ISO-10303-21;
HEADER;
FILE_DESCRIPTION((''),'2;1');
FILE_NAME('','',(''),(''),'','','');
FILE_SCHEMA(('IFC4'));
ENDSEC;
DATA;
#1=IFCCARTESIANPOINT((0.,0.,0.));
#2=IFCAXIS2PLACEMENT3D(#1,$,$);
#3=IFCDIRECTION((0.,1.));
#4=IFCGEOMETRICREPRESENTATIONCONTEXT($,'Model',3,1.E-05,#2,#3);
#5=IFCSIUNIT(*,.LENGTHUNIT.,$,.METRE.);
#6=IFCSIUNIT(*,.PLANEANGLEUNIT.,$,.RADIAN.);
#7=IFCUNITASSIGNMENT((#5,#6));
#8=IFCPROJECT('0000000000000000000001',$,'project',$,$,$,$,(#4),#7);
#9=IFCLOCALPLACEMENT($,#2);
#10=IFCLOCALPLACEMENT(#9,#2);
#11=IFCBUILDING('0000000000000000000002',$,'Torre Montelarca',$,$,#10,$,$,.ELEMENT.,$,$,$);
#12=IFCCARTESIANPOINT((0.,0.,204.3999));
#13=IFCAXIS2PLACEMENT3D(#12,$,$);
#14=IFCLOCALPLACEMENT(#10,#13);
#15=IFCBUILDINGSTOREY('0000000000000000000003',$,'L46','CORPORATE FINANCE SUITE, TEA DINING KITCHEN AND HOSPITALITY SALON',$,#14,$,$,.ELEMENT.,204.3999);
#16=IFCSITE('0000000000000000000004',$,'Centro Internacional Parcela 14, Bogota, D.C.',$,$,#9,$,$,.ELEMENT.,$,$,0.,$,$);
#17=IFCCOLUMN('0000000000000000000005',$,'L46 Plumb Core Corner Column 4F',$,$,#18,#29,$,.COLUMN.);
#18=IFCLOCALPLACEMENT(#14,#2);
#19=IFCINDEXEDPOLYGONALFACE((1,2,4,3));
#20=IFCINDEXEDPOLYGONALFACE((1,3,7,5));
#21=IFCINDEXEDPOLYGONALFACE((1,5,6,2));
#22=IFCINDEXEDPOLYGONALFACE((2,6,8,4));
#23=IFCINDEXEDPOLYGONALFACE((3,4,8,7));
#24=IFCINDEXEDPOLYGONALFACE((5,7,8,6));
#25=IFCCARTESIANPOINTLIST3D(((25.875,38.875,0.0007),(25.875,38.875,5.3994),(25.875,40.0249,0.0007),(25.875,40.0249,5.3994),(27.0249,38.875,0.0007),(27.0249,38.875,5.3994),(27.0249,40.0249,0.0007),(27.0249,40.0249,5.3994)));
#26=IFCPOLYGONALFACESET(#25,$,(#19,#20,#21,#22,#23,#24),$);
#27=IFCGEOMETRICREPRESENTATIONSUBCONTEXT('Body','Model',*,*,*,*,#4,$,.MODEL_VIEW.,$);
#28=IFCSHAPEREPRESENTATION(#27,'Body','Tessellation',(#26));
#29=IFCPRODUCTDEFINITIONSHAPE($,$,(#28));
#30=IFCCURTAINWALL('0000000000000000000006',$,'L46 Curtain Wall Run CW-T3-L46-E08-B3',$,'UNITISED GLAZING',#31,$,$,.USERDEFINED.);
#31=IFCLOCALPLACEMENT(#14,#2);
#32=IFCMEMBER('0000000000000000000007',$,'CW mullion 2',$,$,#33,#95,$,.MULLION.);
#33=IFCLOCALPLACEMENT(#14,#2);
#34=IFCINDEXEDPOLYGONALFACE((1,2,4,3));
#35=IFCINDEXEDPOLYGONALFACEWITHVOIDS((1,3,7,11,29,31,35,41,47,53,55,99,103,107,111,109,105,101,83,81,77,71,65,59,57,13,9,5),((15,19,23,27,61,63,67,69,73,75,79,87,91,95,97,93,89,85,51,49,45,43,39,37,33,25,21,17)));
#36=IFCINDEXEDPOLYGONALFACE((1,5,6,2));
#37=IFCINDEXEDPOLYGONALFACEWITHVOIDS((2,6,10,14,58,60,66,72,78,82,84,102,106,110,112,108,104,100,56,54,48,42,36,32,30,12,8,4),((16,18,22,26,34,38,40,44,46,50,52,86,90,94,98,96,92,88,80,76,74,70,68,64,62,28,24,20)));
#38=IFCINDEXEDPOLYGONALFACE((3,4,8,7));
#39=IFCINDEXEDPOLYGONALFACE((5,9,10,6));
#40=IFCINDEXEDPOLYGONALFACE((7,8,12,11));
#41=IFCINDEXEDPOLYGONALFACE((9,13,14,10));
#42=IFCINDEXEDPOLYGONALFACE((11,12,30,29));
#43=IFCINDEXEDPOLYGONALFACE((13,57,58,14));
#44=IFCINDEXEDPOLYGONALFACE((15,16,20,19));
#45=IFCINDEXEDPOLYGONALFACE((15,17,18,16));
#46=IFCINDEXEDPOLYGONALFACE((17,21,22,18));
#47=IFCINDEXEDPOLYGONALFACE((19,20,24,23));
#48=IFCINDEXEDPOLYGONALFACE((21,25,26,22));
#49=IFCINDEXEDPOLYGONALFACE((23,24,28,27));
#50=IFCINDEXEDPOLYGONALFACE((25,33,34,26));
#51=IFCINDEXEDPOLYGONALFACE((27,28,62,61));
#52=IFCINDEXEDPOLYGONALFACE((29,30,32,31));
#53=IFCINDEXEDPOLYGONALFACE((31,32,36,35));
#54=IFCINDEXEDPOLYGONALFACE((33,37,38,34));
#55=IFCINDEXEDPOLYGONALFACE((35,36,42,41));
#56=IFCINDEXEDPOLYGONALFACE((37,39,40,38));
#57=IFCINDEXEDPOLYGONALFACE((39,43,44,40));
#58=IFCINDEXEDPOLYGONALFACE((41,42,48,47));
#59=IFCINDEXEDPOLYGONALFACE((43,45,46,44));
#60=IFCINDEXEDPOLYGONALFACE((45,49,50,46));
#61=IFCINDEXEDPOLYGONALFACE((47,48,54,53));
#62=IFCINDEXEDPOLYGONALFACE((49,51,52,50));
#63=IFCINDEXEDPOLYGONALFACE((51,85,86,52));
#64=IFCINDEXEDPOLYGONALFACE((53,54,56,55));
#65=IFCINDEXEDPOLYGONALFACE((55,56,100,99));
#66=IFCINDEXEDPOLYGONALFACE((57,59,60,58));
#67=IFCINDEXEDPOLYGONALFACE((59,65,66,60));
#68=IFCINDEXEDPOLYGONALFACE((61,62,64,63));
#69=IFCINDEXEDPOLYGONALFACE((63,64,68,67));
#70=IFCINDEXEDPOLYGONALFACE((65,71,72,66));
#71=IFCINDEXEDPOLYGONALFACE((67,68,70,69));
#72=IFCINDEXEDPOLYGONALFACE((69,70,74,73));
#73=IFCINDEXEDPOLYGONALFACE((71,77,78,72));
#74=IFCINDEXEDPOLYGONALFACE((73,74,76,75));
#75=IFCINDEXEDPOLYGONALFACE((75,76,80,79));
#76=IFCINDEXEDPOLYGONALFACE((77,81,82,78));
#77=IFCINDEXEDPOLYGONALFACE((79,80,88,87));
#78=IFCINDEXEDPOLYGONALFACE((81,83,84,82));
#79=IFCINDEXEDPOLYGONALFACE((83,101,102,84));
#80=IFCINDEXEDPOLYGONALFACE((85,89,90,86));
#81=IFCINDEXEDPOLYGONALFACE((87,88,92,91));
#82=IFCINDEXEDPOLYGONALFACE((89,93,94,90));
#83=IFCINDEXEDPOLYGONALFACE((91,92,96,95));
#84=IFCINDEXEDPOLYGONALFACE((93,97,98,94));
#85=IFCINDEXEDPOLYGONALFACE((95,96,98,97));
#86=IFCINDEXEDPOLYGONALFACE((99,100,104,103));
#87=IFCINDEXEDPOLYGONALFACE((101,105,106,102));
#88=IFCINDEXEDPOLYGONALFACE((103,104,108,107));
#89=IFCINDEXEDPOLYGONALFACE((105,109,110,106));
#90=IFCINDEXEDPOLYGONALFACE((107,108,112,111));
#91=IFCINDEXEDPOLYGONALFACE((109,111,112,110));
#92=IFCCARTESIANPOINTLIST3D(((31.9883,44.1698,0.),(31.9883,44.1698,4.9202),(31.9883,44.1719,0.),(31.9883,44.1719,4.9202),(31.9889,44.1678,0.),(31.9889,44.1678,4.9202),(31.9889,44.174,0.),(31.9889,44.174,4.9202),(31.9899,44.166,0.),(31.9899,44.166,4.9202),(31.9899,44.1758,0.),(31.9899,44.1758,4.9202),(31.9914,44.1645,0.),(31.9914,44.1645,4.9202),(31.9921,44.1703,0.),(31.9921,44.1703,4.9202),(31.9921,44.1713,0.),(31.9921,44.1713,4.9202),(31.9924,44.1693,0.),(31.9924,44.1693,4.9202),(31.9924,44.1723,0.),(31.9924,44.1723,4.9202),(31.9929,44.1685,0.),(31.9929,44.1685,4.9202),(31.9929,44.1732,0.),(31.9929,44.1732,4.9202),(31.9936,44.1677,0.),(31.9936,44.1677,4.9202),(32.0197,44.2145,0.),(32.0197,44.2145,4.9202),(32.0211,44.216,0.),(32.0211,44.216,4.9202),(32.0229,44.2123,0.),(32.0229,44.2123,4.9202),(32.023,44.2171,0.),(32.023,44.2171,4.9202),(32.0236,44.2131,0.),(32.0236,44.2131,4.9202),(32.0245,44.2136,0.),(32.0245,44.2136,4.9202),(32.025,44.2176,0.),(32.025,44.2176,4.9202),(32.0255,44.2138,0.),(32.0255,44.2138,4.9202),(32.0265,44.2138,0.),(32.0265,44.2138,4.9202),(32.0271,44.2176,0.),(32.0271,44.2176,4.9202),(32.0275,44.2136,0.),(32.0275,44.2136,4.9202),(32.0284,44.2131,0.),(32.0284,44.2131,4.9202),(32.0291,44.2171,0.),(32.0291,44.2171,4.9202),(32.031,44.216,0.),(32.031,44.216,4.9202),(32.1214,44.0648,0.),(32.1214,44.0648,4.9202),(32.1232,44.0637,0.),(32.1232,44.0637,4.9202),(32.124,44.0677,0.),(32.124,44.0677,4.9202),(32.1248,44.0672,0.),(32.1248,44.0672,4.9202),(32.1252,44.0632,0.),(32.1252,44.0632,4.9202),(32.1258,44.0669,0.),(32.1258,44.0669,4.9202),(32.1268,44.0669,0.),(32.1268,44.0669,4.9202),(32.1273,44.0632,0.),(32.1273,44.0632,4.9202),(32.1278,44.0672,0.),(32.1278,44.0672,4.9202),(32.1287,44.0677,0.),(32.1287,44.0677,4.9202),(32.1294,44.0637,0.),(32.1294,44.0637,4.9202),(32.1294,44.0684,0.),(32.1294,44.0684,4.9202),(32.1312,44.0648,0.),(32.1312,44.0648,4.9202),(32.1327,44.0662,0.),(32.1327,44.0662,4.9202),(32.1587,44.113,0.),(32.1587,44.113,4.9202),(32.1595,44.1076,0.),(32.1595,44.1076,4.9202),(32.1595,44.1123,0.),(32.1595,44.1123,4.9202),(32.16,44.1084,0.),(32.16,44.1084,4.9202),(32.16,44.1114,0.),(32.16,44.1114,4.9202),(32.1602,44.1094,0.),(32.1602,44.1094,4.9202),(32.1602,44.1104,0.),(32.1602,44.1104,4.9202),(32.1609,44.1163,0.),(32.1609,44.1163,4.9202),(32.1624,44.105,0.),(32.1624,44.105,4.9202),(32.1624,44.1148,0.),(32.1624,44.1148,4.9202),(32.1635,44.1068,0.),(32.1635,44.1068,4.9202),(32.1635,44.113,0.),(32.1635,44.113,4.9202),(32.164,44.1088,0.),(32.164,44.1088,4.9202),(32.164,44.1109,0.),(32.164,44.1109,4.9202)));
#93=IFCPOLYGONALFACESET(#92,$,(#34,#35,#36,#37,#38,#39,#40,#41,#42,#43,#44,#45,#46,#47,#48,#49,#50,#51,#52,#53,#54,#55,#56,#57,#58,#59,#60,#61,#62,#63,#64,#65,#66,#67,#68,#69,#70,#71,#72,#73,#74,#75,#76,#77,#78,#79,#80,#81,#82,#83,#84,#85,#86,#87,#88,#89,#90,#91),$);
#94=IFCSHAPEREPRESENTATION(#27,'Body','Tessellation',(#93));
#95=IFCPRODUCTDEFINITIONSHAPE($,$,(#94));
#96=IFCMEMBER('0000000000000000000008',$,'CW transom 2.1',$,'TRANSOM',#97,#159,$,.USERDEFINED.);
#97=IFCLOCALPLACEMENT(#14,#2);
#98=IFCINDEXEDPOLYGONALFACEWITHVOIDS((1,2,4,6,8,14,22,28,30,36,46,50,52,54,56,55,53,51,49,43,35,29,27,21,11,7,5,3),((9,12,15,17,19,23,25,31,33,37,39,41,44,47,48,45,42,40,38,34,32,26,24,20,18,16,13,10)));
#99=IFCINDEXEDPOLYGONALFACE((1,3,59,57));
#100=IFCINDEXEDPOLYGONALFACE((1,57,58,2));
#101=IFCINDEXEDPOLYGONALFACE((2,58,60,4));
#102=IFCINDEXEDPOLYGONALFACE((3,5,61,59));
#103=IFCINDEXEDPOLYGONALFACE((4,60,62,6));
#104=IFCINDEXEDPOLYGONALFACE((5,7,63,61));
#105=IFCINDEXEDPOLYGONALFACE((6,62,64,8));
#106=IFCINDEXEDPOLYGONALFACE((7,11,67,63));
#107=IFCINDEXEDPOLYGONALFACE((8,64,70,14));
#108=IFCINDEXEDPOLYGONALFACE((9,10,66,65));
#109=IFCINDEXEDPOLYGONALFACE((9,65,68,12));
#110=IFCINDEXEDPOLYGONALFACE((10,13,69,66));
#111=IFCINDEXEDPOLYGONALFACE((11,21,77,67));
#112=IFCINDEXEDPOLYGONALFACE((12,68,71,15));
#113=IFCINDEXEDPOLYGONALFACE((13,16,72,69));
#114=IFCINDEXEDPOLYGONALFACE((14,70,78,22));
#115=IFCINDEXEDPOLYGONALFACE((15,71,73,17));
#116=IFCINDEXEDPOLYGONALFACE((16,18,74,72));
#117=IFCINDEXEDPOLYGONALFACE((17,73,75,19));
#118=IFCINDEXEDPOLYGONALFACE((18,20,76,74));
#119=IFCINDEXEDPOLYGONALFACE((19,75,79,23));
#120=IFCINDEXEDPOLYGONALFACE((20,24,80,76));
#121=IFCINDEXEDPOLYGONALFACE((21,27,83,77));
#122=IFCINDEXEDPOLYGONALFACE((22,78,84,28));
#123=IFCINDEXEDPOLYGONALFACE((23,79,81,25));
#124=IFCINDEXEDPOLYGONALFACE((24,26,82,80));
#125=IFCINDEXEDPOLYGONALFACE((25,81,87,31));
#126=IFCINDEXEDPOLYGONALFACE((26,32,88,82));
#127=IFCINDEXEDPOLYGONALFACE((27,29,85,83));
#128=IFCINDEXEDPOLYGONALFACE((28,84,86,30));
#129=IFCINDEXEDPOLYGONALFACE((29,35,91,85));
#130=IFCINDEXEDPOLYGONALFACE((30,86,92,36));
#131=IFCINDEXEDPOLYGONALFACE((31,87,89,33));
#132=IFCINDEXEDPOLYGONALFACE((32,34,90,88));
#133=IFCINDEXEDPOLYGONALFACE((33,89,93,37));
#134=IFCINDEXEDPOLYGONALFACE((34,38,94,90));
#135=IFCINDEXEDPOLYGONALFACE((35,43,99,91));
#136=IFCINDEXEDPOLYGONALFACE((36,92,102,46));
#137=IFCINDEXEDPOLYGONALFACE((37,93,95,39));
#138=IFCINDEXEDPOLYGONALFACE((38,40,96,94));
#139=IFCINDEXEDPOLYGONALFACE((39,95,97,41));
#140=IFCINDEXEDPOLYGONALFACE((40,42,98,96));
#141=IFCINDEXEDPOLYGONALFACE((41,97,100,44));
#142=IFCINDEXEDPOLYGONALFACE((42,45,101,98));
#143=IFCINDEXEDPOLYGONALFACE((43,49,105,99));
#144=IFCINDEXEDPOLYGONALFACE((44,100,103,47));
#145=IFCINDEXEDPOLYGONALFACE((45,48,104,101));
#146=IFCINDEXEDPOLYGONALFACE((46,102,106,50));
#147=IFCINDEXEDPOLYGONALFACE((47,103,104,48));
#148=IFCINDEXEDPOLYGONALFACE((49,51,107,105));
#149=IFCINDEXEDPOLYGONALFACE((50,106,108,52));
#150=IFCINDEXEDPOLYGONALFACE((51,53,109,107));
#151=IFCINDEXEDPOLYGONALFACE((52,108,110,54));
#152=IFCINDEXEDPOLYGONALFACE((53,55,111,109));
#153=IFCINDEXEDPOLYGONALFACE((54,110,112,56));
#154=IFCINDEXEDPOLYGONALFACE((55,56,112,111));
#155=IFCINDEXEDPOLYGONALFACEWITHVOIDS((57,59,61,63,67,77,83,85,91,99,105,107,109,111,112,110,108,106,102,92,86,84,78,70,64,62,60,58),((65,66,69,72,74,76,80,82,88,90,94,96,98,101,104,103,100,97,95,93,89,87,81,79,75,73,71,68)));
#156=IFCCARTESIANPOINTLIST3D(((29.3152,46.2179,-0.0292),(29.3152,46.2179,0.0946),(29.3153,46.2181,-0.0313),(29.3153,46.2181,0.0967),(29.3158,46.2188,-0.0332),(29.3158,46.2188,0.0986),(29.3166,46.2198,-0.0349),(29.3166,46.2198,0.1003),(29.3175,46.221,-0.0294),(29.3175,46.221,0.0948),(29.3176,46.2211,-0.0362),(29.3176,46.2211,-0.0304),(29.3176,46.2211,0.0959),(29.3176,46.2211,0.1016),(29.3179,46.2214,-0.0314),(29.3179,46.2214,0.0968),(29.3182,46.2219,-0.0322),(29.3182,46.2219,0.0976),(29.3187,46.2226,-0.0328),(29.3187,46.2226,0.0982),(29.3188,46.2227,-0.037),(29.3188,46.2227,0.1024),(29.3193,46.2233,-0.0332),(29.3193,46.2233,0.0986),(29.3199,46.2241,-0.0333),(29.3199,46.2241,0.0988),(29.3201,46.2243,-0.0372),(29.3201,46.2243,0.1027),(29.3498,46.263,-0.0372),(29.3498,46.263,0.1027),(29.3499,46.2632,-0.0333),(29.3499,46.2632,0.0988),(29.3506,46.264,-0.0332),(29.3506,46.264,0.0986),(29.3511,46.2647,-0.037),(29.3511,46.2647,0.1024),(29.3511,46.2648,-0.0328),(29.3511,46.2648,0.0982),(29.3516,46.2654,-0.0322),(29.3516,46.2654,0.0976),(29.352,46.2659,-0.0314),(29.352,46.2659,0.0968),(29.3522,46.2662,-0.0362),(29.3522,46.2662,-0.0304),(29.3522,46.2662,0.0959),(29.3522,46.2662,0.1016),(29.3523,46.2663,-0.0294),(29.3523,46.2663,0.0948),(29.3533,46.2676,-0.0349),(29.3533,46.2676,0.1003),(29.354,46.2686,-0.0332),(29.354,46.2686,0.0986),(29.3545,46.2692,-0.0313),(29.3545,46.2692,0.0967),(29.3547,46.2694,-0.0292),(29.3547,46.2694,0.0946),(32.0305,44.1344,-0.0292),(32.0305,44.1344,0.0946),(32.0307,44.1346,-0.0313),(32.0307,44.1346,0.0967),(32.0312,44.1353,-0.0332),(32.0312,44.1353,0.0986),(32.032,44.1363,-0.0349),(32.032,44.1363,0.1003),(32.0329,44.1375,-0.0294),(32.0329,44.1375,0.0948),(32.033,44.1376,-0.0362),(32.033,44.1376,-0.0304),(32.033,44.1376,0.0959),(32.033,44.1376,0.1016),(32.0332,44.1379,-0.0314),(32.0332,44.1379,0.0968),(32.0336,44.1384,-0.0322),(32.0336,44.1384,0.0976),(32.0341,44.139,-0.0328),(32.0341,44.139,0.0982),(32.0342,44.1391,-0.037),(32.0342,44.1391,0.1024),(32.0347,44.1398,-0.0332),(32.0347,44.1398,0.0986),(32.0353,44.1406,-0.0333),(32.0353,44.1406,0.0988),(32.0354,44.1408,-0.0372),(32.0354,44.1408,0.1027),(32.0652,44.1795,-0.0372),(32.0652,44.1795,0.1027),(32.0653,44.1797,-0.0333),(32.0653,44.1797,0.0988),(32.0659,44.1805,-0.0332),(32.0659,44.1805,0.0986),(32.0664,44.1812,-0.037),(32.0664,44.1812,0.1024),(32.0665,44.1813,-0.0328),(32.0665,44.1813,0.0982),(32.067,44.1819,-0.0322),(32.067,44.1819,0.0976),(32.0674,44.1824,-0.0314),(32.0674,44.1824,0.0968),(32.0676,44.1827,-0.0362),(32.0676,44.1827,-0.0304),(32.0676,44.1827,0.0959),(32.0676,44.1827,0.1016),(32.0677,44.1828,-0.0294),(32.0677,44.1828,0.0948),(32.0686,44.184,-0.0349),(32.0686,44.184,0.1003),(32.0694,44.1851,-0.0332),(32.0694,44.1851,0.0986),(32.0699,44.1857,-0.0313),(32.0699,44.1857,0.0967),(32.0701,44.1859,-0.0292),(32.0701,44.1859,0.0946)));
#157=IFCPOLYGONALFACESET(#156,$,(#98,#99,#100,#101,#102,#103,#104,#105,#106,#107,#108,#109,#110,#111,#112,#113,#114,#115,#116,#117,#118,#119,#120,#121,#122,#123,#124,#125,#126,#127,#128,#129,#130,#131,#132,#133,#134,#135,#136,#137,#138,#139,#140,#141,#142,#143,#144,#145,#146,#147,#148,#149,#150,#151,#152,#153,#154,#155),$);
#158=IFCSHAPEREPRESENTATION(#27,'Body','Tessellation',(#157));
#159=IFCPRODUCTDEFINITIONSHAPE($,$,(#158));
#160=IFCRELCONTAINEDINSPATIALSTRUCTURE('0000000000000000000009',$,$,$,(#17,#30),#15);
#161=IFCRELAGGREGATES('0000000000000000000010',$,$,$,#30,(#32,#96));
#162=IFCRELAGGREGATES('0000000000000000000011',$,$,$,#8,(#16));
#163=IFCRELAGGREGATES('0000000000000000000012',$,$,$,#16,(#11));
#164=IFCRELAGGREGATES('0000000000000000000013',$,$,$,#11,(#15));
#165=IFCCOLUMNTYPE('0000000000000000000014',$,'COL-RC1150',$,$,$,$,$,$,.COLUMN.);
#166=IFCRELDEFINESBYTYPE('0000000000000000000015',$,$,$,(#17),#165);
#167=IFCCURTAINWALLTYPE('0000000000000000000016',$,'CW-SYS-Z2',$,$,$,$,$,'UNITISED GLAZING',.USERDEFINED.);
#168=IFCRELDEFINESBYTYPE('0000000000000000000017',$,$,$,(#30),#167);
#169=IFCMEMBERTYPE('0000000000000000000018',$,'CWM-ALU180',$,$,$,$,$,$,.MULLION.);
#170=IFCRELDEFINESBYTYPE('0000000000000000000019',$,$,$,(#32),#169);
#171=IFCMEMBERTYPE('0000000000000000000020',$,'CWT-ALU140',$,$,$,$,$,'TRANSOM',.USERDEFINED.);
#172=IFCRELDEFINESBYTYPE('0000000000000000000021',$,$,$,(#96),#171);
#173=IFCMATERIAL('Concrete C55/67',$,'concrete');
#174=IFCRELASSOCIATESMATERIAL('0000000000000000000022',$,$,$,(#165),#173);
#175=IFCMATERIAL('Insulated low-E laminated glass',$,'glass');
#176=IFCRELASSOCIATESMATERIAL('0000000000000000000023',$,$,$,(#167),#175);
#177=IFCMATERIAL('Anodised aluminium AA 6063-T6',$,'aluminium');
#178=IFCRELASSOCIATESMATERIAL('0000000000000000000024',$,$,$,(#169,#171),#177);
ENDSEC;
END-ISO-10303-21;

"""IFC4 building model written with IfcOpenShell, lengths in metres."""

from ifc_helpers import new_model, si_unit, direction, frame, origin, origin_2d, place, context, subcontext, project, spatial, rectangle, hollow_rectangle, extrude, source, transform, mapped, material, material_profile, profile_set, type_object, element, aggregate, save


model = new_model("IFC4")

# Units and contexts
model_context = context("Model", 3, precision=1e-05, world=origin(), true_north=direction((0.0, 1.0)))
body_context = subcontext(model_context, "Body", "Model", "MODEL_VIEW")
ifc_project = project(units=[si_unit("LENGTHUNIT", "METRE"), si_unit("PLANEANGLEUNIT", "RADIAN")], contexts=[model_context])

# Site, building, storey
site_placement = place(None, origin())
site = spatial("IfcSite", under=ifc_project, at=site_placement, Name="Centro Internacional Parcela 14, Bogota, D.C.", CompositionType="ELEMENT", RefElevation=0.0)
building_placement = place(site_placement, origin())
building = spatial("IfcBuilding", under=site, at=building_placement, Name="Torre Montelarca", CompositionType="ELEMENT")
storey_placement = place(building_placement, frame((0.0, 0.0, 204.3999)))
storey = spatial("IfcBuildingStorey", under=building, at=storey_placement, Name="L46", Description="CORPORATE FINANCE SUITE, TEA DINING KITCHEN AND HOSPITALITY SALON", CompositionType="ELEMENT", Elevation=204.3999)

# Column
ifc_material_1 = material(Name="Concrete C55/67", Category="concrete")
ifc_material_profile_1 = material_profile(ifc_material_1, rectangle(XDim=1.1499, YDim=1.1499, at=origin_2d()), Name="RC1150X1150", Category="concrete")
ifc_profile_set_1 = profile_set([ifc_material_profile_1], Name="Concrete C55/67")
column_type = type_object("IfcColumnType", Name="COL-RC1150", PredefinedType="COLUMN", material=ifc_profile_set_1)
shared_shape_1 = source(origin(), body_context, "Body", "SweptSolid", [
    extrude(rectangle(XDim=1.1499, YDim=1.1499, at=origin_2d()), origin(), (0.0, 0.0, 1.0), 5.3987),
])
column_placement = place(storey_placement, frame((26.45, 39.45, 0.0007), z_axis=(0.0, 0.0, 1.0), x_axis=(1.0, 0.0, 0.0)))
element("IfcColumn", 1, at=column_placement, inside=storey, type_object=column_type, Name="L46 Plumb Core Corner Column 4F", PredefinedType="COLUMN", context=body_context, shape_type="MappedRepresentation", body=[
    mapped(shared_shape_1, transform((0.0, 0.0, 0.0), scale=1.0)),
])

# Curtain wall, members
ifc_material_2 = material(Name="Insulated low-E laminated glass", Category="glass")
curtain_wall_type = type_object("IfcCurtainWallType", Name="CW-SYS-Z2", ElementType="UNITISED GLAZING", PredefinedType="USERDEFINED", material=ifc_material_2)
curtain_wall_placement = place(storey_placement, origin())
curtain_wall = element("IfcCurtainWall", 2, at=curtain_wall_placement, inside=storey, type_object=curtain_wall_type, Name="L46 Curtain Wall Run CW-T3-L46-E08-B3", ObjectType="UNITISED GLAZING", PredefinedType="USERDEFINED")
ifc_material_3 = material(Name="Anodised aluminium AA 6063-T6", Category="aluminium")
ifc_material_profile_2 = material_profile(ifc_material_3, hollow_rectangle(XDim=0.0649, YDim=0.1799, WallThickness=0.0039, InnerFilletRadius=0.0039, OuterFilletRadius=0.0081, at=origin_2d()), Name="ALU65X180X4", Category="aluminium")
ifc_profile_set_2 = profile_set([ifc_material_profile_2], Name="Anodised aluminium AA 6063-T6")
member_type_1 = type_object("IfcMemberType", Name="CWM-ALU180", PredefinedType="MULLION", material=ifc_profile_set_2)
shared_shape_2 = source(origin(), body_context, "Body", "SweptSolid", [
    extrude(hollow_rectangle(XDim=0.0649, YDim=0.1799, WallThickness=0.0039, InnerFilletRadius=0.0039, OuterFilletRadius=0.0081, at=origin_2d()), origin(), (0.0, 0.0, 1.0), 4.9202),
])
member_1_placement = place(storey_placement, frame((32.0762, 44.1404, 0.0), z_axis=(0.0, 0.0, 1.0), x_axis=(-0.608757, -0.793357, 0.0)))
member_1 = element("IfcMember", 3, at=member_1_placement, type_object=member_type_1, Name="CW mullion 2", PredefinedType="MULLION", context=body_context, shape_type="MappedRepresentation", body=[
    mapped(shared_shape_2, transform((0.0, 0.0, 0.0), scale=1.0)),
])
ifc_material_profile_3 = material_profile(ifc_material_3, hollow_rectangle(XDim=0.0649, YDim=0.1399, WallThickness=0.0039, InnerFilletRadius=0.0039, OuterFilletRadius=0.0081, at=origin_2d()), Name="ALU65X140X4", Category="aluminium")
ifc_profile_set_3 = profile_set([ifc_material_profile_3], Name="Anodised aluminium AA 6063-T6")
member_type_2 = type_object("IfcMemberType", Name="CWT-ALU140", ElementType="TRANSOM", PredefinedType="USERDEFINED", material=ifc_profile_set_3)
shared_shape_3 = source(origin(), body_context, "Body", "SweptSolid", [
    extrude(hollow_rectangle(XDim=0.0649, YDim=0.1399, WallThickness=0.0039, InnerFilletRadius=0.0039, OuterFilletRadius=0.0081, at=origin_2d()), origin(), (0.0, 0.0, 1.0), 3.4226),
])
member_2_placement = place(storey_placement, frame((32.0503, 44.1602, 0.0327), z_axis=(-0.793361, 0.608752, 0.0), x_axis=(-0.608752, -0.793361, 0.0)))
member_2 = element("IfcMember", 4, at=member_2_placement, type_object=member_type_2, Name="CW transom 2.1", ObjectType="TRANSOM", PredefinedType="USERDEFINED", context=body_context, shape_type="MappedRepresentation", body=[
    mapped(shared_shape_3, transform((0.0, 0.0, 0.0), scale=1.0)),
])
aggregate(curtain_wall, [member_1, member_2])

save(model, "model.ifc")
